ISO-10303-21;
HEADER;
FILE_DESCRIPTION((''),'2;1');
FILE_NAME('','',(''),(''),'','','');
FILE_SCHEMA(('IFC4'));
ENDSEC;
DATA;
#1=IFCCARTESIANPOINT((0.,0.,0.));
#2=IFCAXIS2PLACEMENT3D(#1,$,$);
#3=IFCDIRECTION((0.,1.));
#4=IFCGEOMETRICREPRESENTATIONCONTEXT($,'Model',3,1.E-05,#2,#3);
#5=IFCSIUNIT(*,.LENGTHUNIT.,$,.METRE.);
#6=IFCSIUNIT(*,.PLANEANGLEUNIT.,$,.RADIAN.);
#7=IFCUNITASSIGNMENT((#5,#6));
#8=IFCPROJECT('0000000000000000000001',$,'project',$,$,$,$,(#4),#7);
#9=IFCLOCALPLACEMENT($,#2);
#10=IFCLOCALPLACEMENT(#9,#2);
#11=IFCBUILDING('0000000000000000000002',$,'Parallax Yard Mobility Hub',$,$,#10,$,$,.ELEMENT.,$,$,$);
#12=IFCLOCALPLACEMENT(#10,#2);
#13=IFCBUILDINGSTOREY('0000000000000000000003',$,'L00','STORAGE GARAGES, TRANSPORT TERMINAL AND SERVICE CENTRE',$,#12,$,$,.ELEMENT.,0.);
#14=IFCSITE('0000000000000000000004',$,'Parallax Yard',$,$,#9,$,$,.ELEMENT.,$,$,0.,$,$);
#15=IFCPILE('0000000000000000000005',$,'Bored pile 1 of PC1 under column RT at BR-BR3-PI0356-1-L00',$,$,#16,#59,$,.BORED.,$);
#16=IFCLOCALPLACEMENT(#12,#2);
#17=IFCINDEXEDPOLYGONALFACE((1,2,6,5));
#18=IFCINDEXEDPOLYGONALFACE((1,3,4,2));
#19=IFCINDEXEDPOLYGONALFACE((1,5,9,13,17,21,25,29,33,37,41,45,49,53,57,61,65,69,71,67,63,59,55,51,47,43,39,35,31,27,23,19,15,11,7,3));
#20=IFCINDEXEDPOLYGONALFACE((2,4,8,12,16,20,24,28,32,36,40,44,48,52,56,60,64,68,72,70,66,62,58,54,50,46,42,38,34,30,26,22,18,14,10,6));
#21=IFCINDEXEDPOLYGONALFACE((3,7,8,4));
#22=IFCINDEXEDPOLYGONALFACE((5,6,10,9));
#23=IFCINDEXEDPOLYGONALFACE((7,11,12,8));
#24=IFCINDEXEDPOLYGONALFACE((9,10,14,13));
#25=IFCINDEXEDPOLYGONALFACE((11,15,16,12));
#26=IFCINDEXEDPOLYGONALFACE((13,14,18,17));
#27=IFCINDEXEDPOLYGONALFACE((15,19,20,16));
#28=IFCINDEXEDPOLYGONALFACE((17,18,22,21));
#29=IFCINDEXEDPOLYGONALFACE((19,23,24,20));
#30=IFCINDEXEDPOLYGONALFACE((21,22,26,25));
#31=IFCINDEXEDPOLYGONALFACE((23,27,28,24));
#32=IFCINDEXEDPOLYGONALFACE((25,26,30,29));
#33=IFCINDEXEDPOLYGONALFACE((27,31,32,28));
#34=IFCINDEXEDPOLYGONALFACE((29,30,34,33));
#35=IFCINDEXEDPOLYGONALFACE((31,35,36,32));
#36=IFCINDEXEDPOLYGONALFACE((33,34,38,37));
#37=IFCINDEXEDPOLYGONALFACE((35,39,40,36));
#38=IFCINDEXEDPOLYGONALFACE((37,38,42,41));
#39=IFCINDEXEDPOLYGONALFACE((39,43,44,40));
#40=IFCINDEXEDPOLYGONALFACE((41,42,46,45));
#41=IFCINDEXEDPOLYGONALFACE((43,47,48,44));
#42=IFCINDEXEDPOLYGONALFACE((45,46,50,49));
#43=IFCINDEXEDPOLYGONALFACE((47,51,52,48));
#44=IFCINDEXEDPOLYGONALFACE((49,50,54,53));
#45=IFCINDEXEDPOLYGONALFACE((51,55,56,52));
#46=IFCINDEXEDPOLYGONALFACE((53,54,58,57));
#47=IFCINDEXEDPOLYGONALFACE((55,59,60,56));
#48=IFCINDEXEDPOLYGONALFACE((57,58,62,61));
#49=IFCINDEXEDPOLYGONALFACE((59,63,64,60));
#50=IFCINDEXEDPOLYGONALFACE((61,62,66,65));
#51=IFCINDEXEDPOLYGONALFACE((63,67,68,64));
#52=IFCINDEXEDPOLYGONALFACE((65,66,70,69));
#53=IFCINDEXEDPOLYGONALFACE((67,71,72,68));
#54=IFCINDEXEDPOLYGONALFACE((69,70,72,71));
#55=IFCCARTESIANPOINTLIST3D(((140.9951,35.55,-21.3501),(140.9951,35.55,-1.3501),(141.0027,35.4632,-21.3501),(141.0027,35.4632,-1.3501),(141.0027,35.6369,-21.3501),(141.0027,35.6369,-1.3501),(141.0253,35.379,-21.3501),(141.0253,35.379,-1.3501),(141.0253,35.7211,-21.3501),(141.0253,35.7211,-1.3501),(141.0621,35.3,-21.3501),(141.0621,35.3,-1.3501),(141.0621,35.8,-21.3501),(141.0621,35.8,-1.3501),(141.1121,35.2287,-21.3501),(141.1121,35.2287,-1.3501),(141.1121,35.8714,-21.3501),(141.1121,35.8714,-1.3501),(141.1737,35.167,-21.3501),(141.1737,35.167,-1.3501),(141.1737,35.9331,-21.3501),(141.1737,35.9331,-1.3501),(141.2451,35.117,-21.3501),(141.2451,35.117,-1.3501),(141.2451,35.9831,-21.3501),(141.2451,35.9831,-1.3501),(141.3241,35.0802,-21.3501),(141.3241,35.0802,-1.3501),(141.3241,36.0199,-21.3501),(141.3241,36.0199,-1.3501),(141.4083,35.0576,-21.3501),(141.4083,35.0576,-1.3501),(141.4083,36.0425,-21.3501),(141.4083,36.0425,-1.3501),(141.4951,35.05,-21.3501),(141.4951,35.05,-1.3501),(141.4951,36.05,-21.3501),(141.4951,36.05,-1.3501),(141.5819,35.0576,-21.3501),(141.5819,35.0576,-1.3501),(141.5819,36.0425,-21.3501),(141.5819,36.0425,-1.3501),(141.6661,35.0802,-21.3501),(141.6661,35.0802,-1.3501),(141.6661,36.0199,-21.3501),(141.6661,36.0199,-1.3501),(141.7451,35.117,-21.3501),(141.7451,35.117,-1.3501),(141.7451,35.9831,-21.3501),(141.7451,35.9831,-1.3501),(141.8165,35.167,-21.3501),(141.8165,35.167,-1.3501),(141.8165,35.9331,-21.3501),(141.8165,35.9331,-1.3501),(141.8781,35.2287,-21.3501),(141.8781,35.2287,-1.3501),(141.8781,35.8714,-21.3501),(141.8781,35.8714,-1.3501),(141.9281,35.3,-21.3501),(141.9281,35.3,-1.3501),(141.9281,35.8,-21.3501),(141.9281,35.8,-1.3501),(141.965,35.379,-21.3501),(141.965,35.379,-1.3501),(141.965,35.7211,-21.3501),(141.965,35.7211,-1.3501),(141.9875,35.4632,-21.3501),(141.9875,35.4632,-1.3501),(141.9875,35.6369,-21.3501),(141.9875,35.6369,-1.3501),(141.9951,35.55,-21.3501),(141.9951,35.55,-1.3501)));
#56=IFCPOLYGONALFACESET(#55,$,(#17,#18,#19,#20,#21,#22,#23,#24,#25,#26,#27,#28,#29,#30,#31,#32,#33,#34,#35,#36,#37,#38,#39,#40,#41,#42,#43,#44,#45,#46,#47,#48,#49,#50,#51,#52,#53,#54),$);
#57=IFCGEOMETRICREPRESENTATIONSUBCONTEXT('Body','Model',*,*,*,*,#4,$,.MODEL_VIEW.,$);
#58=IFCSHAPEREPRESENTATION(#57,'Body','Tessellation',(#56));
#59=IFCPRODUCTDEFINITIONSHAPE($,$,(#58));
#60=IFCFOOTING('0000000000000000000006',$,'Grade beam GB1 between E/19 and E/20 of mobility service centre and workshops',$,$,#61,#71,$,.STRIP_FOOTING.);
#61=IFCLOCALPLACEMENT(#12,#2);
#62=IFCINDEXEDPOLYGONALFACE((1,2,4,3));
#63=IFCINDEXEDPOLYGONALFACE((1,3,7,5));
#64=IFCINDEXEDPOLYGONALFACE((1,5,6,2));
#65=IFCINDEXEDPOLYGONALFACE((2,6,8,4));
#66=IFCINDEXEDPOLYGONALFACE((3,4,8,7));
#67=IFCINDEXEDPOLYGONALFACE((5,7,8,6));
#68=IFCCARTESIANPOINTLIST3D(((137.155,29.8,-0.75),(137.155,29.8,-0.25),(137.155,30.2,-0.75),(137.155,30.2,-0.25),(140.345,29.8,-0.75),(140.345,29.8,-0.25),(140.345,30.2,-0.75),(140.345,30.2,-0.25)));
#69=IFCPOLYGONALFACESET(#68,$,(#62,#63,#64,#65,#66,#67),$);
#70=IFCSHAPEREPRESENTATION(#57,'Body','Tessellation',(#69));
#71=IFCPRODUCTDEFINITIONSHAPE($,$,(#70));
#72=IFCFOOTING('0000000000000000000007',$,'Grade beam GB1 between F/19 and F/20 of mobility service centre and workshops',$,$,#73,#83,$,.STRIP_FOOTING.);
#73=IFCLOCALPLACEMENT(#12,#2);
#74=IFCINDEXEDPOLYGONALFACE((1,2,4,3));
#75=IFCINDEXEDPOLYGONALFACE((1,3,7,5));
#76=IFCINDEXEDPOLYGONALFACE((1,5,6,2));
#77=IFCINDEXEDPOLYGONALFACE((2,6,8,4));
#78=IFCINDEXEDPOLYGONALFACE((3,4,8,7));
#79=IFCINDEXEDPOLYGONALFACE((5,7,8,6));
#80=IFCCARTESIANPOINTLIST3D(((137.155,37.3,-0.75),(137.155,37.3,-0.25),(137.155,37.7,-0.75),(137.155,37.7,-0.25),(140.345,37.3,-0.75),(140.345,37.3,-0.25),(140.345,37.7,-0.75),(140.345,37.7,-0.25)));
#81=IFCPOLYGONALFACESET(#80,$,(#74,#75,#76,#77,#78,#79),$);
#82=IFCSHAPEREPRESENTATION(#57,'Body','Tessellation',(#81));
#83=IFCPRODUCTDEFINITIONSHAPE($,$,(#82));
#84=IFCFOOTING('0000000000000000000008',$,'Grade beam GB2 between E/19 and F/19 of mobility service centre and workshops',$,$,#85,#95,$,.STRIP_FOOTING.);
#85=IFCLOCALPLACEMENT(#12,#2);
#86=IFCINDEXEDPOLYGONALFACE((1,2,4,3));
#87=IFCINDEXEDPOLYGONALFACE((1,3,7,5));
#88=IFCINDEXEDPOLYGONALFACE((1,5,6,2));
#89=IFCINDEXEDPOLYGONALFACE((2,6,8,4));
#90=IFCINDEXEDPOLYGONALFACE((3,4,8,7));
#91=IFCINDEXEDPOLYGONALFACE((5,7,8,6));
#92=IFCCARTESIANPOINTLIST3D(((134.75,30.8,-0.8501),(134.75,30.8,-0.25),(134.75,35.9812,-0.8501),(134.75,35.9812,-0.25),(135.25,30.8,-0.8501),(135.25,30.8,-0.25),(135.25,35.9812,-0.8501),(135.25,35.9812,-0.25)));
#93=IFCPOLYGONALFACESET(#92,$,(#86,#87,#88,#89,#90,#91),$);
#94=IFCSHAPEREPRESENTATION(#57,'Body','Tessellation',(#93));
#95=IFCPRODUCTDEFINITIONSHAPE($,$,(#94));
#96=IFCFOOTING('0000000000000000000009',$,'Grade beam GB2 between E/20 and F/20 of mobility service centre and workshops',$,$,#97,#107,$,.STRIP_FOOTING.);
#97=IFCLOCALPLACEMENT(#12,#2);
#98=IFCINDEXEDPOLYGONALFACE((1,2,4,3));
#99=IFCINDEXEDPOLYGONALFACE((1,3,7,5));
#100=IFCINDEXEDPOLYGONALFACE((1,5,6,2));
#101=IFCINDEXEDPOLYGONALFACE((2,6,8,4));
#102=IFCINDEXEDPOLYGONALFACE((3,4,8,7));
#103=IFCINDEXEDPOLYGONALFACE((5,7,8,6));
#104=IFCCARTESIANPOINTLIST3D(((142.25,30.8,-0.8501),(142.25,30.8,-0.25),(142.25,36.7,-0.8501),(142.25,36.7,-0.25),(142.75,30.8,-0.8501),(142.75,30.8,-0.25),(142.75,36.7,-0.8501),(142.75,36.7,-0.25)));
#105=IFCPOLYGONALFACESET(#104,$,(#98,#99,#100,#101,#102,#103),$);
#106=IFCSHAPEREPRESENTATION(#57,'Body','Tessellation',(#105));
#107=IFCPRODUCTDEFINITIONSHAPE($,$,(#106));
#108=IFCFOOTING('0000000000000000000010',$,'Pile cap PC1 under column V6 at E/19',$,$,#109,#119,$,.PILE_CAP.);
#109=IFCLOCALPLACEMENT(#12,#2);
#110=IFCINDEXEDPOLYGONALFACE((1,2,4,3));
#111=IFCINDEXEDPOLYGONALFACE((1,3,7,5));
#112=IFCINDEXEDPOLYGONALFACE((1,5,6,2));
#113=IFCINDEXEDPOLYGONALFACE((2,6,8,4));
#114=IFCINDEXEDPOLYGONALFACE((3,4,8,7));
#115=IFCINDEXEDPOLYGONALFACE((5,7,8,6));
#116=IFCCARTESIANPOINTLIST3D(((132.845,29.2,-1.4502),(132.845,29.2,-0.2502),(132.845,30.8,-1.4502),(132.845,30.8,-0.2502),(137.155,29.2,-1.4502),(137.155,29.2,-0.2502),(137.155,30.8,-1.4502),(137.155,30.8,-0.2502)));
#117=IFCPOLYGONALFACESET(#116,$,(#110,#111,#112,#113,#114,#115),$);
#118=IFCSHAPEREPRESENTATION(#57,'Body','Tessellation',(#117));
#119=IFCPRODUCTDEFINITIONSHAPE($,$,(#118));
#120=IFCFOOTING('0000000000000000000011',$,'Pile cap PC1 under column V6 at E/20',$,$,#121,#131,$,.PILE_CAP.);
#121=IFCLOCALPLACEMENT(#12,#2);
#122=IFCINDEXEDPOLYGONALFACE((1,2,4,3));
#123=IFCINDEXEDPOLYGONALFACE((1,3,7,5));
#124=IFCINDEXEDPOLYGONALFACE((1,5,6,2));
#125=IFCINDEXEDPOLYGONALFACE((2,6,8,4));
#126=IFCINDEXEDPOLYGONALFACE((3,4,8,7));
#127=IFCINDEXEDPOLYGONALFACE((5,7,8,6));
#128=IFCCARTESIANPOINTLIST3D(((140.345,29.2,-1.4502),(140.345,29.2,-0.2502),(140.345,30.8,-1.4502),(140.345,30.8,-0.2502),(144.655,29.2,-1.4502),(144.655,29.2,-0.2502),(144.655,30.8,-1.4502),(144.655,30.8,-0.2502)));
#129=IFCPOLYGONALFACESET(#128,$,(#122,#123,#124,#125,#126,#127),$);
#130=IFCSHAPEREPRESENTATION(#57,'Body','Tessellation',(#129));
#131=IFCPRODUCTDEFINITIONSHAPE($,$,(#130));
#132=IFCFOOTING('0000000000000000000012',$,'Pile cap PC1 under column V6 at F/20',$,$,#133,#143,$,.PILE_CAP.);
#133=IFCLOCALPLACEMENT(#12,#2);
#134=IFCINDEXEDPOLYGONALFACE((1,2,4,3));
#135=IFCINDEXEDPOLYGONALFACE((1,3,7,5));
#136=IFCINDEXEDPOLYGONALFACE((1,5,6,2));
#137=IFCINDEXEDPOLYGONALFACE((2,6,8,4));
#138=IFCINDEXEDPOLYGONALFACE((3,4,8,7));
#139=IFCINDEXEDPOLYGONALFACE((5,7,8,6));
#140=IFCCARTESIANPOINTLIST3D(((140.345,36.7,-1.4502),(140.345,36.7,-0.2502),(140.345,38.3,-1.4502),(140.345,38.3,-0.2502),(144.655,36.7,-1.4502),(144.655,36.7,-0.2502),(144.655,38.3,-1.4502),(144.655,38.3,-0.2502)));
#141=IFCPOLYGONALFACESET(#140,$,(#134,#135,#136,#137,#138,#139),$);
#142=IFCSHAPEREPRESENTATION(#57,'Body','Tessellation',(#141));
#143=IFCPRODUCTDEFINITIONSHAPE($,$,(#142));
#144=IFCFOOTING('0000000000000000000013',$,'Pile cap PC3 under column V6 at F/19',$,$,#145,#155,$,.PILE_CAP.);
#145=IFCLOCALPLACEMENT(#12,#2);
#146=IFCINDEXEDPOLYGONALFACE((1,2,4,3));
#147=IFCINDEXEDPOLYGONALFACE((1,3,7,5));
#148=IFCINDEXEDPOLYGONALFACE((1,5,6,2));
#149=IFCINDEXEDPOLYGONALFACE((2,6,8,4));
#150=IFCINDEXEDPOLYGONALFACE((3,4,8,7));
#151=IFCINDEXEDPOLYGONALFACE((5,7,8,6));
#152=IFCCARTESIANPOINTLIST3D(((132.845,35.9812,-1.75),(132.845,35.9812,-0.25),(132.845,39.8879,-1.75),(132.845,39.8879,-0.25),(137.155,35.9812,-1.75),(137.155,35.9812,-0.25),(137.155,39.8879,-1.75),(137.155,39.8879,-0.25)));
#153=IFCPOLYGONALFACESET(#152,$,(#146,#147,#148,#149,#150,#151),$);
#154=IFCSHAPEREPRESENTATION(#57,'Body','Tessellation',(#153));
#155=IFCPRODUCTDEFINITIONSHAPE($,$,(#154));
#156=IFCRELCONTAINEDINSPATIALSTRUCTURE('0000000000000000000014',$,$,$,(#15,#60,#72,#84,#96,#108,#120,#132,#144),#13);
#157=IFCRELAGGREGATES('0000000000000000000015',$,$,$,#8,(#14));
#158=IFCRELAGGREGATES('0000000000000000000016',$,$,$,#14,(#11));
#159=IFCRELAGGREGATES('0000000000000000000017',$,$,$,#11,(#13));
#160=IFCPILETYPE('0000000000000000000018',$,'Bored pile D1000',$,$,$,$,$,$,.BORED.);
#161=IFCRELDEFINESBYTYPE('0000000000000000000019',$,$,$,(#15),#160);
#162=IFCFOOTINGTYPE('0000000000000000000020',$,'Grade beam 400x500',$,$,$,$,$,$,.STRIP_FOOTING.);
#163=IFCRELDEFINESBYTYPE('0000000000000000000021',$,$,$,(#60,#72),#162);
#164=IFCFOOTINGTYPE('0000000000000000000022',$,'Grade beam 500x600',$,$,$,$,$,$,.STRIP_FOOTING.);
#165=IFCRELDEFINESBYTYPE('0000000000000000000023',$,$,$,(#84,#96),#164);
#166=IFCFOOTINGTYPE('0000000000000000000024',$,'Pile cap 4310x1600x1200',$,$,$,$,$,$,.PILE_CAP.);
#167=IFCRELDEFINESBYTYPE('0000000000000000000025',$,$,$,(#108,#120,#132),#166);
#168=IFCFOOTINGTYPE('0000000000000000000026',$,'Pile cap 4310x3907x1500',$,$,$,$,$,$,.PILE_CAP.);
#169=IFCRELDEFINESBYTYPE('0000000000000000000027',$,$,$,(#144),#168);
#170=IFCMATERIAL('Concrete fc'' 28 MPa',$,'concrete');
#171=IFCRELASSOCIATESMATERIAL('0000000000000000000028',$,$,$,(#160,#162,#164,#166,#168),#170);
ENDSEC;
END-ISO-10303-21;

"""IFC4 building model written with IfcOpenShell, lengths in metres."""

from ifc_helpers import new_model, si_unit, direction, frame, origin, origin_2d, place, context, subcontext, project, spatial, rectangle, circle, extrude, material, material_profile, profile_set, type_object, element, save


model = new_model("IFC4")

# Units and contexts
model_context = context("Model", 3, precision=1e-05, world=origin(), true_north=direction((0.0, 1.0)))
body_context = subcontext(model_context, "Body", "Model", "MODEL_VIEW")
ifc_project = project(units=[si_unit("LENGTHUNIT", "METRE"), si_unit("PLANEANGLEUNIT", "RADIAN")], contexts=[model_context])

# Site, building, storey
site_placement = place(None, origin())
site = spatial("IfcSite", under=ifc_project, at=site_placement, Name="Parallax Yard", CompositionType="ELEMENT", RefElevation=0.0)
building_placement = place(site_placement, origin())
building = spatial("IfcBuilding", under=site, at=building_placement, Name="Parallax Yard Mobility Hub", CompositionType="ELEMENT")
storey_placement = place(building_placement, origin())
storey = spatial("IfcBuildingStorey", under=building, at=storey_placement, Name="L00", Description="STORAGE GARAGES, TRANSPORT TERMINAL AND SERVICE CENTRE", CompositionType="ELEMENT", Elevation=0.0)

# Pile
ifc_material_1 = material(Name="Concrete fc' 28 MPa", Category="concrete")
ifc_material_profile_1 = material_profile(ifc_material_1, circle(Radius=0.5, at=origin_2d()), Name="Bored pile D1000")
ifc_profile_set_1 = profile_set([ifc_material_profile_1], Name="Concrete fc' 28 MPa")
pile_type = type_object("IfcPileType", Name="Bored pile D1000", PredefinedType="BORED", material=ifc_profile_set_1)
for number, where, z_axis, x_axis, name in (
    (1, (141.4951, 35.55, -1.3501), (0.0, 0.0, -1.0), (1.0, 0.0, 0.0), "Bored pile 1 of PC1 under column RT at BR-BR3-PI0356-1-L00"),
):
    element("IfcPile", number, at=place(storey_placement, frame(where, z_axis=z_axis, x_axis=x_axis)), inside=storey, type_object=pile_type, Name=name, PredefinedType="BORED", context=body_context, shape_type="SweptSolid", body=[
        extrude(circle(Radius=0.5, at=origin_2d()), origin(), (0.0, 0.0, 1.0), 20.0),
    ])

# Footings
ifc_material_profile_2 = material_profile(ifc_material_1, rectangle(XDim=0.3999, YDim=0.5, at=origin_2d()), Name="Grade beam 400x500")
ifc_profile_set_2 = profile_set([ifc_material_profile_2], Name="Concrete fc' 28 MPa")
footing_type_1 = type_object("IfcFootingType", Name="Grade beam 400x500", PredefinedType="STRIP_FOOTING", material=ifc_profile_set_2)
for number, where, z_axis, x_axis, name in (
    (2, (137.155, 30.0, -0.5), (1.0, 0.0, 0.0), (0.0, 1.0, 0.0), "Grade beam GB1 between E/19 and E/20 of mobility service centre and workshops"),
    (3, (137.155, 37.5, -0.5), (1.0, 0.0, 0.0), (0.0, 1.0, 0.0), "Grade beam GB1 between F/19 and F/20 of mobility service centre and workshops"),
):
    element("IfcFooting", number, at=place(storey_placement, frame(where, z_axis=z_axis, x_axis=x_axis)), inside=storey, type_object=footing_type_1, Name=name, PredefinedType="STRIP_FOOTING", context=body_context, shape_type="SweptSolid", body=[
        extrude(rectangle(XDim=0.3999, YDim=0.5, at=origin_2d()), origin(), (0.0, 0.0, 1.0), 3.1899),
    ])
ifc_material_profile_3 = material_profile(ifc_material_1, rectangle(XDim=0.5, YDim=0.6001, at=origin_2d()), Name="Grade beam 500x600")
ifc_profile_set_3 = profile_set([ifc_material_profile_3], Name="Concrete fc' 28 MPa")
footing_type_2 = type_object("IfcFootingType", Name="Grade beam 500x600", PredefinedType="STRIP_FOOTING", material=ifc_profile_set_3)
footing_1_placement = place(storey_placement, frame((135.0, 30.8, -0.55), z_axis=(0.0, 1.0, 0.0), x_axis=(-1.0, 0.0, 0.0)))
element("IfcFooting", 4, at=footing_1_placement, inside=storey, type_object=footing_type_2, Name="Grade beam GB2 between E/19 and F/19 of mobility service centre and workshops", PredefinedType="STRIP_FOOTING", context=body_context, shape_type="SweptSolid", body=[
    extrude(rectangle(XDim=0.5, YDim=0.6001, at=origin_2d()), origin(), (0.0, 0.0, 1.0), 5.1812),
])
footing_2_placement = place(storey_placement, frame((142.5, 30.8, -0.55), z_axis=(0.0, 1.0, 0.0), x_axis=(-1.0, 0.0, 0.0)))
element("IfcFooting", 5, at=footing_2_placement, inside=storey, type_object=footing_type_2, Name="Grade beam GB2 between E/20 and F/20 of mobility service centre and workshops", PredefinedType="STRIP_FOOTING", context=body_context, shape_type="SweptSolid", body=[
    extrude(rectangle(XDim=0.5, YDim=0.6001, at=origin_2d()), origin(), (0.0, 0.0, 1.0), 5.8999),
])
footing_type_3 = type_object("IfcFootingType", Name="Pile cap 4310x1600x1200", PredefinedType="PILE_CAP", material=ifc_material_1)
for number, where, z_axis, x_axis, name in (
    (6, (135.0, 30.0, -1.4502), (0.0, 0.0, 1.0), (1.0, 0.0, 0.0), "Pile cap PC1 under column V6 at E/19"),
    (7, (142.5, 30.0, -1.4502), (0.0, 0.0, 1.0), (1.0, 0.0, 0.0), "Pile cap PC1 under column V6 at E/20"),
    (8, (142.5, 37.5, -1.4502), (0.0, 0.0, 1.0), (1.0, 0.0, 0.0), "Pile cap PC1 under column V6 at F/20"),
):
    element("IfcFooting", number, at=place(storey_placement, frame(where, z_axis=z_axis, x_axis=x_axis)), inside=storey, type_object=footing_type_3, Name=name, PredefinedType="PILE_CAP", context=body_context, shape_type="SweptSolid", body=[
        extrude(rectangle(XDim=4.3101, YDim=1.6001, at=origin_2d()), origin(), (0.0, 0.0, 1.0), 1.2),
    ])
footing_type_4 = type_object("IfcFootingType", Name="Pile cap 4310x3907x1500", PredefinedType="PILE_CAP", material=ifc_material_1)
footing_3_placement = place(storey_placement, frame((135.0, 37.9346, -1.75), z_axis=(0.0, 0.0, 1.0), x_axis=(1.0, 0.0, 0.0)))
element("IfcFooting", 9, at=footing_3_placement, inside=storey, type_object=footing_type_4, Name="Pile cap PC3 under column V6 at F/19", PredefinedType="PILE_CAP", context=body_context, shape_type="SweptSolid", body=[
    extrude(rectangle(XDim=4.3101, YDim=3.9067, at=origin_2d()), origin(), (0.0, 0.0, 1.0), 1.5),
])

save(model, "model.ifc")
